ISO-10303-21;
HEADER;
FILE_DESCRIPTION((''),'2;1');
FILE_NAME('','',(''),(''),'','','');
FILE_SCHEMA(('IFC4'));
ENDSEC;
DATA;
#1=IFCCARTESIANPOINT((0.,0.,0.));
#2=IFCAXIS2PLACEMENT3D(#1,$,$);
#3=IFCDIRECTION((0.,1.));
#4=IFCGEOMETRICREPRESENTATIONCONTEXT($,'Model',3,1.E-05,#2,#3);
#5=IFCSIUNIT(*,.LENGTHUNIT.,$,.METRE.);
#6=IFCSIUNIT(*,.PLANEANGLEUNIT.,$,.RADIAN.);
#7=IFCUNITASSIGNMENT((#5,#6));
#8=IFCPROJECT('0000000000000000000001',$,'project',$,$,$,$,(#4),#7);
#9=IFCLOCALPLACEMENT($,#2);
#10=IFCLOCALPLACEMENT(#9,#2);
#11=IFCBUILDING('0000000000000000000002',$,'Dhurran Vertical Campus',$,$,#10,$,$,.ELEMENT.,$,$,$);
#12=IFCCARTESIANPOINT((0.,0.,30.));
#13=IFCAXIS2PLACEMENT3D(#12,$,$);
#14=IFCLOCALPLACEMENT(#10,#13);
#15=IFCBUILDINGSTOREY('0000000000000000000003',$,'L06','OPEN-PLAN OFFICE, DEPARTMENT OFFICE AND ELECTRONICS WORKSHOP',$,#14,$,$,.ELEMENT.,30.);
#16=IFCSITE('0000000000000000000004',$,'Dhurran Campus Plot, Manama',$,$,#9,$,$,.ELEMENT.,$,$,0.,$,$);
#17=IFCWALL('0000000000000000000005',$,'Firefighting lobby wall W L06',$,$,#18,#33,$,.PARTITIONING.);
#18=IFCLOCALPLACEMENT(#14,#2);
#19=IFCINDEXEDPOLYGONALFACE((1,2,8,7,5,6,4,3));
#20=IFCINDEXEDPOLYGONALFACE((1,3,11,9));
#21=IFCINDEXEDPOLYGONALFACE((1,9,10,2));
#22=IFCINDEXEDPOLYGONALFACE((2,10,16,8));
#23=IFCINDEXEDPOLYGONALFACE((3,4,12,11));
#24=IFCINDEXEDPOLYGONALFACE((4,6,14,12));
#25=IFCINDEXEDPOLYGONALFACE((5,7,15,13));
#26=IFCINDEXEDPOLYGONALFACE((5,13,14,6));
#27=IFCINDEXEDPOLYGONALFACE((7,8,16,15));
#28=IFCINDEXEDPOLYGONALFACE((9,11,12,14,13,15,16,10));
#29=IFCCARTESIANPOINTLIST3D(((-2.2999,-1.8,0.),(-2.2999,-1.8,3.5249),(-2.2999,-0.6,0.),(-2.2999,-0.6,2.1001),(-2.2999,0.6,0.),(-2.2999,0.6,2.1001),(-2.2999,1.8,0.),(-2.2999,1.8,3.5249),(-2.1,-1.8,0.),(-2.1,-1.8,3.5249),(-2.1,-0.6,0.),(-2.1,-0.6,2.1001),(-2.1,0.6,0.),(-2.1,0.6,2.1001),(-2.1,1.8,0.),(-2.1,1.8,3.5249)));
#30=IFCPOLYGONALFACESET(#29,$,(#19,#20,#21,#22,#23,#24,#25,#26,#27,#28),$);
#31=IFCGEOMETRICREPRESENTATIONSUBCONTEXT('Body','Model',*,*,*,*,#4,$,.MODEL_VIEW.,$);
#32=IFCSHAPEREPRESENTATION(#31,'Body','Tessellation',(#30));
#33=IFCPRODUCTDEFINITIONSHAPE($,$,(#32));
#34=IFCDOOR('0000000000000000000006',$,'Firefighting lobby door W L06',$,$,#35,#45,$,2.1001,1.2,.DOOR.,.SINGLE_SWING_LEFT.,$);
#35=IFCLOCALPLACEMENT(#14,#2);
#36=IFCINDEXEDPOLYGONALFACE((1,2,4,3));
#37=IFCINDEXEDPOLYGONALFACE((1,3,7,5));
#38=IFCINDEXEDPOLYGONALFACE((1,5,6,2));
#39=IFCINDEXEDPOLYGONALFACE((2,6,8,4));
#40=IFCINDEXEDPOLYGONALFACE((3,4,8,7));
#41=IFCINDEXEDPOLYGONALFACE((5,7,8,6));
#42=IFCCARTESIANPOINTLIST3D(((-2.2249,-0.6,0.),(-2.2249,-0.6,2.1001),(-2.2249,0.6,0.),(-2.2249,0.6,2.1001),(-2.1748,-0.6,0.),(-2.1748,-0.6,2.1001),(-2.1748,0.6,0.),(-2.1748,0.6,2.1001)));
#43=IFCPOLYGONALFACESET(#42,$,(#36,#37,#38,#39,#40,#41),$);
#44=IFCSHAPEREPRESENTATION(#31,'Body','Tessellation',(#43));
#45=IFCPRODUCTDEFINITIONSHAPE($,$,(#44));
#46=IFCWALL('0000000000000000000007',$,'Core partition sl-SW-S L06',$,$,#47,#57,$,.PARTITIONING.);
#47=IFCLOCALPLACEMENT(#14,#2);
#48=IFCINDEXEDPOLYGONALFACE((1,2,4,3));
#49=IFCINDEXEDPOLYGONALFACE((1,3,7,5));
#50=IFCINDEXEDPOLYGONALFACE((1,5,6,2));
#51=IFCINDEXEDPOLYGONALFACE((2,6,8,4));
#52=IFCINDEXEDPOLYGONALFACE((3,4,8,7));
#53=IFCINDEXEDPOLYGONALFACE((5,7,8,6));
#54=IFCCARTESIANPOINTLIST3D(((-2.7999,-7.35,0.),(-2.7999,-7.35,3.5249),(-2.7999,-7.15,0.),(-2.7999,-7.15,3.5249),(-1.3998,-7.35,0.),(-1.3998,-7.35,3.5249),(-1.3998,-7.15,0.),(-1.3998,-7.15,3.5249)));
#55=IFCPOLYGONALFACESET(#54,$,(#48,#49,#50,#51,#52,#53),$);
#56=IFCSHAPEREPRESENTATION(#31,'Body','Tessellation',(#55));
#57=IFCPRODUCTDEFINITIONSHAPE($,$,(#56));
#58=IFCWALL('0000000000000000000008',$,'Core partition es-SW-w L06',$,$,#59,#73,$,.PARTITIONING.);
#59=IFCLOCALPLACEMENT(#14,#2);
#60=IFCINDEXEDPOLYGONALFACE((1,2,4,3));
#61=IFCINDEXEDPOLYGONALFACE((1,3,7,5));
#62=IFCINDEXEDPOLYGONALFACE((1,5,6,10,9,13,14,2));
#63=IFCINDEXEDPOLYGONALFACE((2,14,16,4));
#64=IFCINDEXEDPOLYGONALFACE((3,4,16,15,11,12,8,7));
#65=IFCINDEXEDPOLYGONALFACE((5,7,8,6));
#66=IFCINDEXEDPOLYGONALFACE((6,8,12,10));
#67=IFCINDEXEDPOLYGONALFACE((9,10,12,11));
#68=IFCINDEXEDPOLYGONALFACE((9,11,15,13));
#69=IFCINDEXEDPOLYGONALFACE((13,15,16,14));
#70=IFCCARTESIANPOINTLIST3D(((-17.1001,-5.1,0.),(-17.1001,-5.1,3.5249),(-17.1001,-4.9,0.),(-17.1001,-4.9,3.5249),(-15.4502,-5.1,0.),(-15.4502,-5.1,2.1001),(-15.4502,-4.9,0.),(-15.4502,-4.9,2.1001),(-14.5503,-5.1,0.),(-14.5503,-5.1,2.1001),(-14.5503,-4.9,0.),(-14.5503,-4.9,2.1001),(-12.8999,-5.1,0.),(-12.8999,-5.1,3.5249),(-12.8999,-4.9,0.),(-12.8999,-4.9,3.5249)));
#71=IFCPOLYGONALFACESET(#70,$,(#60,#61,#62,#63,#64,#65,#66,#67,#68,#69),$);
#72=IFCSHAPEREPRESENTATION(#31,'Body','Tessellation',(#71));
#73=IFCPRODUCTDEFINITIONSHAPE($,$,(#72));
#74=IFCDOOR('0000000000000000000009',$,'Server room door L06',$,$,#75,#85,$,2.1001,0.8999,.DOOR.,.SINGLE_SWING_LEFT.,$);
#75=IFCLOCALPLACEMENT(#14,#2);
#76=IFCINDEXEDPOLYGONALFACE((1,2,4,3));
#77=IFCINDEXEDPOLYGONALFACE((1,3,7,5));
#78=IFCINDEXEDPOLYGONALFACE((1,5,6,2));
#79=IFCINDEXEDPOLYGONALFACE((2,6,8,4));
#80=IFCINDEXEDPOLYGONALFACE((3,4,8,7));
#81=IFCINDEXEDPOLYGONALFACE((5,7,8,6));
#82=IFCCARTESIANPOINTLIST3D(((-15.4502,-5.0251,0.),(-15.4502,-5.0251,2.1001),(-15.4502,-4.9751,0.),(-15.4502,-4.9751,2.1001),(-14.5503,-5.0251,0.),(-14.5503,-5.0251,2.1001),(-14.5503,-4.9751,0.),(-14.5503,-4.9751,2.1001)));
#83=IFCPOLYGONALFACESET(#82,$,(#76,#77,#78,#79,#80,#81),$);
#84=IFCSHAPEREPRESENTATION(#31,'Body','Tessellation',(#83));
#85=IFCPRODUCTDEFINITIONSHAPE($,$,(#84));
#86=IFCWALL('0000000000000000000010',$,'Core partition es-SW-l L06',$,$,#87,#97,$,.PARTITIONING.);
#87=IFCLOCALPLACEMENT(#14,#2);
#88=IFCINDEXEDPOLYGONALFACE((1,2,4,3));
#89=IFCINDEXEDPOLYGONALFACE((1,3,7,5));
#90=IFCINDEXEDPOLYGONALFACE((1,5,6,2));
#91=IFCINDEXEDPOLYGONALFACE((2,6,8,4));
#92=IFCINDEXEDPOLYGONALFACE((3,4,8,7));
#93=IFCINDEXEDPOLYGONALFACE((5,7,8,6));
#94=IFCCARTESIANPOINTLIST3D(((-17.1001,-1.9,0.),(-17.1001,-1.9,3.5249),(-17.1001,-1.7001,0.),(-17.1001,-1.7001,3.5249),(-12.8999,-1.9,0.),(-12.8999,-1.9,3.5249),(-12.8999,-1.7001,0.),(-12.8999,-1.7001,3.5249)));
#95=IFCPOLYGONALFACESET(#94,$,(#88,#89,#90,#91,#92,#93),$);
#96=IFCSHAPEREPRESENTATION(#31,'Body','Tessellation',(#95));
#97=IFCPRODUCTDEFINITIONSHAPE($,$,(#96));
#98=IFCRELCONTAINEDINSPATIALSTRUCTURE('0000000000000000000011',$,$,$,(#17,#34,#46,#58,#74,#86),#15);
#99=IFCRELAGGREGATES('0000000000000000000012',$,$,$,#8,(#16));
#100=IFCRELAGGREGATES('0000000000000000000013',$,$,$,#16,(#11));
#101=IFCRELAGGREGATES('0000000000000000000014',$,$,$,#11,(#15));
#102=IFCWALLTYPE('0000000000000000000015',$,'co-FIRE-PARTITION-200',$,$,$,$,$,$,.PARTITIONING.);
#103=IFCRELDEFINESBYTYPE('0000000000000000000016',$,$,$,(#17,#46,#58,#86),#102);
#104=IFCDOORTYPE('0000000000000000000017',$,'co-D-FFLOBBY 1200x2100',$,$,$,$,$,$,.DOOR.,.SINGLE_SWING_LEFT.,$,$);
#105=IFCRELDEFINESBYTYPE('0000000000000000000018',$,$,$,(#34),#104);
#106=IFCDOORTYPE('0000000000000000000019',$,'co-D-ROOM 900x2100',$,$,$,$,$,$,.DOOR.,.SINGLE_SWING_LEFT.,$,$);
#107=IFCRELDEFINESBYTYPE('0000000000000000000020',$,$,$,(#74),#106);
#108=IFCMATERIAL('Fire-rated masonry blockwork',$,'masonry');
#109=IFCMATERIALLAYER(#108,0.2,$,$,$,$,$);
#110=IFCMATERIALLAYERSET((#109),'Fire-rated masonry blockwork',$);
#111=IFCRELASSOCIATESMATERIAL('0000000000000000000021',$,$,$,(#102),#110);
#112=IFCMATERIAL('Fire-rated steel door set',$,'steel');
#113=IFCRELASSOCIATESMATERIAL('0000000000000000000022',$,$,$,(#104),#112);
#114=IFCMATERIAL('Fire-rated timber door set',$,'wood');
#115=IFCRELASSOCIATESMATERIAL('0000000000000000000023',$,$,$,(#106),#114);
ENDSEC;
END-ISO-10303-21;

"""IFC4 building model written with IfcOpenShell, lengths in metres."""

from ifc_helpers import new_model, si_unit, direction, frame, frame_2d, origin, place, context, subcontext, project, spatial, rectangle, extrude, material, layer, layer_set, type_object, element, fill, save


model = new_model("IFC4")

# Units and contexts
model_context = context("Model", 3, precision=1e-05, world=origin(), true_north=direction((0.0, 1.0)))
body_context = subcontext(model_context, "Body", "Model", "MODEL_VIEW")
ifc_project = project(units=[si_unit("LENGTHUNIT", "METRE"), si_unit("PLANEANGLEUNIT", "RADIAN")], contexts=[model_context])

# Site, building, storey
site_placement = place(None, origin())
site = spatial("IfcSite", under=ifc_project, at=site_placement, Name="Dhurran Campus Plot, Manama", CompositionType="ELEMENT", RefElevation=0.0)
building_placement = place(site_placement, origin())
building = spatial("IfcBuilding", under=site, at=building_placement, Name="Dhurran Vertical Campus", CompositionType="ELEMENT")
storey_placement = place(building_placement, frame((0.0, 0.0, 30.0)))
storey = spatial("IfcBuildingStorey", under=building, at=storey_placement, Name="L06", Description="OPEN-PLAN OFFICE, DEPARTMENT OFFICE AND ELECTRONICS WORKSHOP", CompositionType="ELEMENT", Elevation=30.0)

# Wall, opening, door
ifc_material_1 = material(Name="Fire-rated masonry blockwork", Category="masonry")
ifc_layer_1 = layer(ifc_material_1, 0.2)
ifc_layer_set_1 = layer_set([ifc_layer_1], Name="Fire-rated masonry blockwork")
wall_type_1 = type_object("IfcWallType", Name="co-FIRE-PARTITION-200", PredefinedType="PARTITIONING", material=ifc_layer_set_1)
wall_1_placement = place(storey_placement, frame((-2.2, -1.8, 0.0), z_axis=(0.0, 0.0, 1.0), x_axis=(0.0, 1.0, 0.0)))
wall_1 = element("IfcWall", 1, at=wall_1_placement, inside=storey, type_object=wall_type_1, Name="Firefighting lobby wall W L06", PredefinedType="PARTITIONING", context=body_context, shape_type="SweptSolid", body=[
    extrude(rectangle(XDim=3.6001, YDim=0.2, at=frame_2d((1.8, 0.0))), origin(), (0.0, 0.0, 1.0), 3.5249),
])
opening_1_placement = place(wall_1_placement, frame((1.2, 0.0, 0.0)))
opening_1 = element("IfcOpeningElement", 2, at=opening_1_placement, cuts=wall_1, PredefinedType="OPENING", context=body_context, shape_type="SweptSolid", body=[
    extrude(rectangle(XDim=1.2, YDim=2.1001, at=frame_2d((0.6001, 1.05))), frame((0.0, 0.1099, 0.0), z_axis=(0.0, -1.0, 0.0), x_axis=(1.0, 0.0, 0.0)), (0.0, 0.0, 1.0), 0.22),
])
ifc_material_2 = material(Name="Fire-rated steel door set", Category="steel")
door_type_1 = type_object("IfcDoorType", Name="co-D-FFLOBBY 1200x2100", OperationType="SINGLE_SWING_LEFT", PredefinedType="DOOR", material=ifc_material_2)
door_1_placement = place(opening_1_placement, origin())
door_1 = element("IfcDoor", 3, at=door_1_placement, inside=storey, type_object=door_type_1, Name="Firefighting lobby door W L06", OperationType="SINGLE_SWING_LEFT", OverallHeight=2.1001, OverallWidth=1.2, PredefinedType="DOOR", context=body_context, shape_type="SweptSolid", body=[
    extrude(rectangle(XDim=1.2, YDim=2.1001, at=frame_2d((0.6001, 1.05))), frame((0.0, 0.0249, 0.0), z_axis=(0.0, -1.0, 0.0), x_axis=(1.0, 0.0, 0.0)), (0.0, 0.0, 1.0), 0.05),
])
fill(opening_1, door_1)

# Wall
wall_2_placement = place(storey_placement, frame((-2.8, -7.25, 0.0), z_axis=(0.0, 0.0, 1.0), x_axis=(1.0, 0.0, 0.0)))
element("IfcWall", 4, at=wall_2_placement, inside=storey, type_object=wall_type_1, Name="Core partition sl-SW-S L06", PredefinedType="PARTITIONING", context=body_context, shape_type="SweptSolid", body=[
    extrude(rectangle(XDim=1.4001, YDim=0.2, at=frame_2d((0.7002, 0.0))), origin(), (0.0, 0.0, 1.0), 3.5249),
])

# Wall, opening, door
wall_3_placement = place(storey_placement, frame((-17.1001, -5.0, 0.0), z_axis=(0.0, 0.0, 1.0), x_axis=(1.0, 0.0, 0.0)))
wall_3 = element("IfcWall", 5, at=wall_3_placement, inside=storey, type_object=wall_type_1, Name="Core partition es-SW-w L06", PredefinedType="PARTITIONING", context=body_context, shape_type="SweptSolid", body=[
    extrude(rectangle(XDim=4.2002, YDim=0.2, at=frame_2d((2.1001, 0.0))), origin(), (0.0, 0.0, 1.0), 3.5249),
])
opening_2_placement = place(wall_3_placement, frame((1.6499, 0.0, 0.0)))
opening_2 = element("IfcOpeningElement", 6, at=opening_2_placement, cuts=wall_3, PredefinedType="OPENING", context=body_context, shape_type="SweptSolid", body=[
    extrude(rectangle(XDim=0.8999, YDim=2.1001, at=frame_2d((0.45, 1.05))), frame((0.0, 0.1099, 0.0), z_axis=(0.0, -1.0, 0.0), x_axis=(1.0, 0.0, 0.0)), (0.0, 0.0, 1.0), 0.22),
])
ifc_material_3 = material(Name="Fire-rated timber door set", Category="wood")
door_type_2 = type_object("IfcDoorType", Name="co-D-ROOM 900x2100", OperationType="SINGLE_SWING_LEFT", PredefinedType="DOOR", material=ifc_material_3)
door_2_placement = place(opening_2_placement, origin())
door_2 = element("IfcDoor", 7, at=door_2_placement, inside=storey, type_object=door_type_2, Name="Server room door L06", OperationType="SINGLE_SWING_LEFT", OverallHeight=2.1001, OverallWidth=0.8999, PredefinedType="DOOR", context=body_context, shape_type="SweptSolid", body=[
    extrude(rectangle(XDim=0.8999, YDim=2.1001, at=frame_2d((0.45, 1.05))), frame((0.0, 0.0249, 0.0), z_axis=(0.0, -1.0, 0.0), x_axis=(1.0, 0.0, 0.0)), (0.0, 0.0, 1.0), 0.05),
])
fill(opening_2, door_2)

# Wall
wall_4_placement = place(storey_placement, frame((-17.1001, -1.8, 0.0), z_axis=(0.0, 0.0, 1.0), x_axis=(1.0, 0.0, 0.0)))
element("IfcWall", 8, at=wall_4_placement, inside=storey, type_object=wall_type_1, Name="Core partition es-SW-l L06", PredefinedType="PARTITIONING", context=body_context, shape_type="SweptSolid", body=[
    extrude(rectangle(XDim=4.2002, YDim=0.2, at=frame_2d((2.1001, 0.0))), origin(), (0.0, 0.0, 1.0), 3.5249),
])

save(model, "model.ifc")
